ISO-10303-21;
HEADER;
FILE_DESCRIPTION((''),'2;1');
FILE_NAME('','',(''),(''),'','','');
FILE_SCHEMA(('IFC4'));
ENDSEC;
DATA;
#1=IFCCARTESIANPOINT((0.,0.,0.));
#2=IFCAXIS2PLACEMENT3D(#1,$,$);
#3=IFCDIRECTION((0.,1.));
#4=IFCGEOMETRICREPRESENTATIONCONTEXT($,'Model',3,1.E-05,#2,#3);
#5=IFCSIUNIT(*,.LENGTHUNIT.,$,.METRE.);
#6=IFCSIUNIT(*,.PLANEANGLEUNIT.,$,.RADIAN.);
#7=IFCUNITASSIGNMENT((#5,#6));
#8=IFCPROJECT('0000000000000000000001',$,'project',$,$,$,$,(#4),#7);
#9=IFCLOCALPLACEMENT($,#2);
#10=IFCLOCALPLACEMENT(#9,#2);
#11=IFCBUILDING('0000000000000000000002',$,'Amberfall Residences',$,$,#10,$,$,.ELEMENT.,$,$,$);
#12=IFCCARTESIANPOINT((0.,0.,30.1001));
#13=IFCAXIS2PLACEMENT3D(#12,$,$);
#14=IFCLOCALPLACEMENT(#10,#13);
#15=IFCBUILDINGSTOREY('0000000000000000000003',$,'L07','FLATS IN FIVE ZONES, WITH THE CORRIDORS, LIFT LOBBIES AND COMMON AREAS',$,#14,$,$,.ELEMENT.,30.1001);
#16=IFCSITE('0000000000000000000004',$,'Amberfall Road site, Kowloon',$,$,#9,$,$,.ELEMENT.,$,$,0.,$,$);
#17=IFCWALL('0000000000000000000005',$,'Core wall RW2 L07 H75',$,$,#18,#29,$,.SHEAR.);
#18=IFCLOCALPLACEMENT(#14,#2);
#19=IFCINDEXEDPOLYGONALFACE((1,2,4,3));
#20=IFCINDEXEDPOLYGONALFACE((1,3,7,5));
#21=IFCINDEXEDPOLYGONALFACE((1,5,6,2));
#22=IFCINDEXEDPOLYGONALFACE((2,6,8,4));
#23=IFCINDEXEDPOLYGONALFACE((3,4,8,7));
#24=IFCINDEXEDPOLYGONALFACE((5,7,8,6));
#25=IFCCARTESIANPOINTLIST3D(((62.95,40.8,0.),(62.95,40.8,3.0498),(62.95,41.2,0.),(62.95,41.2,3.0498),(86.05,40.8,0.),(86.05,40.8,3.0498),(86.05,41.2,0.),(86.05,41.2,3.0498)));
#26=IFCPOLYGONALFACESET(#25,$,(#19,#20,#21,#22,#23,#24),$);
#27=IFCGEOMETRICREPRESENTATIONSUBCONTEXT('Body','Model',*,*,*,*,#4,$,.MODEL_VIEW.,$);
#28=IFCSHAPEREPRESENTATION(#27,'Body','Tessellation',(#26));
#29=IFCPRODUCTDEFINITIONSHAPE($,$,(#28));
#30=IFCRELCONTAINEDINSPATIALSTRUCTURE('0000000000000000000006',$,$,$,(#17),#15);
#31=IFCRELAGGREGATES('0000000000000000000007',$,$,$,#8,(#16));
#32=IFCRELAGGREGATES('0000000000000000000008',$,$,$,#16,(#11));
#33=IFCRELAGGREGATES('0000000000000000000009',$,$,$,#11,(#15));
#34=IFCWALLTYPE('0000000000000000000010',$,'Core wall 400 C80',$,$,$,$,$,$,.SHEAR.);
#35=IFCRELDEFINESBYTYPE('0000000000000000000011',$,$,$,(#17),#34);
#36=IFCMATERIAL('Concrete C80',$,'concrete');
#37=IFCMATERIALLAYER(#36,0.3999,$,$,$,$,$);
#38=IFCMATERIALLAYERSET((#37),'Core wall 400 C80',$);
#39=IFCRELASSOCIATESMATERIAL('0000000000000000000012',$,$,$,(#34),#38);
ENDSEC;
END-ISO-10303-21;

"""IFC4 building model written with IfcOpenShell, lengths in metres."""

from ifc_helpers import new_model, si_unit, direction, frame, frame_2d, origin, place, context, subcontext, project, spatial, rectangle, extrude, material, layer, layer_set, type_object, element, save


model = new_model("IFC4")

# Units and contexts
model_context = context("Model", 3, precision=1e-05, world=origin(), true_north=direction((0.0, 1.0)))
body_context = subcontext(model_context, "Body", "Model", "MODEL_VIEW")
ifc_project = project(units=[si_unit("LENGTHUNIT", "METRE"), si_unit("PLANEANGLEUNIT", "RADIAN")], contexts=[model_context])

# Site, building, storey
site_placement = place(None, origin())
site = spatial("IfcSite", under=ifc_project, at=site_placement, Name="Amberfall Road site, Kowloon", CompositionType="ELEMENT", RefElevation=0.0)
building_placement = place(site_placement, origin())
building = spatial("IfcBuilding", under=site, at=building_placement, Name="Amberfall Residences", CompositionType="ELEMENT")
storey_placement = place(building_placement, frame((0.0, 0.0, 30.1001)))
storey = spatial("IfcBuildingStorey", under=building, at=storey_placement, Name="L07", Description="FLATS IN FIVE ZONES, WITH THE CORRIDORS, LIFT LOBBIES AND COMMON AREAS", CompositionType="ELEMENT", Elevation=30.1001)

# Wall
ifc_material_1 = material(Name="Concrete C80", Category="concrete")
ifc_layer = layer(ifc_material_1, 0.3999)
ifc_layer_set = layer_set([ifc_layer], Name="Core wall 400 C80")
wall_type = type_object("IfcWallType", Name="Core wall 400 C80", PredefinedType="SHEAR", material=ifc_layer_set)
wall_1_placement = place(storey_placement, frame((62.95, 41.0, 0.0), z_axis=(0.0, 0.0, 1.0), x_axis=(1.0, 0.0, 0.0)))
element("IfcWall", 1, at=wall_1_placement, inside=storey, type_object=wall_type, Name="Core wall RW2 L07 H75", PredefinedType="SHEAR", context=body_context, shape_type="SweptSolid", body=[
    extrude(rectangle(XDim=23.1001, YDim=0.3999, at=frame_2d((11.55, 0.0))), origin(), (0.0, 0.0, 1.0), 3.0498),
])

save(model, "model.ifc")
